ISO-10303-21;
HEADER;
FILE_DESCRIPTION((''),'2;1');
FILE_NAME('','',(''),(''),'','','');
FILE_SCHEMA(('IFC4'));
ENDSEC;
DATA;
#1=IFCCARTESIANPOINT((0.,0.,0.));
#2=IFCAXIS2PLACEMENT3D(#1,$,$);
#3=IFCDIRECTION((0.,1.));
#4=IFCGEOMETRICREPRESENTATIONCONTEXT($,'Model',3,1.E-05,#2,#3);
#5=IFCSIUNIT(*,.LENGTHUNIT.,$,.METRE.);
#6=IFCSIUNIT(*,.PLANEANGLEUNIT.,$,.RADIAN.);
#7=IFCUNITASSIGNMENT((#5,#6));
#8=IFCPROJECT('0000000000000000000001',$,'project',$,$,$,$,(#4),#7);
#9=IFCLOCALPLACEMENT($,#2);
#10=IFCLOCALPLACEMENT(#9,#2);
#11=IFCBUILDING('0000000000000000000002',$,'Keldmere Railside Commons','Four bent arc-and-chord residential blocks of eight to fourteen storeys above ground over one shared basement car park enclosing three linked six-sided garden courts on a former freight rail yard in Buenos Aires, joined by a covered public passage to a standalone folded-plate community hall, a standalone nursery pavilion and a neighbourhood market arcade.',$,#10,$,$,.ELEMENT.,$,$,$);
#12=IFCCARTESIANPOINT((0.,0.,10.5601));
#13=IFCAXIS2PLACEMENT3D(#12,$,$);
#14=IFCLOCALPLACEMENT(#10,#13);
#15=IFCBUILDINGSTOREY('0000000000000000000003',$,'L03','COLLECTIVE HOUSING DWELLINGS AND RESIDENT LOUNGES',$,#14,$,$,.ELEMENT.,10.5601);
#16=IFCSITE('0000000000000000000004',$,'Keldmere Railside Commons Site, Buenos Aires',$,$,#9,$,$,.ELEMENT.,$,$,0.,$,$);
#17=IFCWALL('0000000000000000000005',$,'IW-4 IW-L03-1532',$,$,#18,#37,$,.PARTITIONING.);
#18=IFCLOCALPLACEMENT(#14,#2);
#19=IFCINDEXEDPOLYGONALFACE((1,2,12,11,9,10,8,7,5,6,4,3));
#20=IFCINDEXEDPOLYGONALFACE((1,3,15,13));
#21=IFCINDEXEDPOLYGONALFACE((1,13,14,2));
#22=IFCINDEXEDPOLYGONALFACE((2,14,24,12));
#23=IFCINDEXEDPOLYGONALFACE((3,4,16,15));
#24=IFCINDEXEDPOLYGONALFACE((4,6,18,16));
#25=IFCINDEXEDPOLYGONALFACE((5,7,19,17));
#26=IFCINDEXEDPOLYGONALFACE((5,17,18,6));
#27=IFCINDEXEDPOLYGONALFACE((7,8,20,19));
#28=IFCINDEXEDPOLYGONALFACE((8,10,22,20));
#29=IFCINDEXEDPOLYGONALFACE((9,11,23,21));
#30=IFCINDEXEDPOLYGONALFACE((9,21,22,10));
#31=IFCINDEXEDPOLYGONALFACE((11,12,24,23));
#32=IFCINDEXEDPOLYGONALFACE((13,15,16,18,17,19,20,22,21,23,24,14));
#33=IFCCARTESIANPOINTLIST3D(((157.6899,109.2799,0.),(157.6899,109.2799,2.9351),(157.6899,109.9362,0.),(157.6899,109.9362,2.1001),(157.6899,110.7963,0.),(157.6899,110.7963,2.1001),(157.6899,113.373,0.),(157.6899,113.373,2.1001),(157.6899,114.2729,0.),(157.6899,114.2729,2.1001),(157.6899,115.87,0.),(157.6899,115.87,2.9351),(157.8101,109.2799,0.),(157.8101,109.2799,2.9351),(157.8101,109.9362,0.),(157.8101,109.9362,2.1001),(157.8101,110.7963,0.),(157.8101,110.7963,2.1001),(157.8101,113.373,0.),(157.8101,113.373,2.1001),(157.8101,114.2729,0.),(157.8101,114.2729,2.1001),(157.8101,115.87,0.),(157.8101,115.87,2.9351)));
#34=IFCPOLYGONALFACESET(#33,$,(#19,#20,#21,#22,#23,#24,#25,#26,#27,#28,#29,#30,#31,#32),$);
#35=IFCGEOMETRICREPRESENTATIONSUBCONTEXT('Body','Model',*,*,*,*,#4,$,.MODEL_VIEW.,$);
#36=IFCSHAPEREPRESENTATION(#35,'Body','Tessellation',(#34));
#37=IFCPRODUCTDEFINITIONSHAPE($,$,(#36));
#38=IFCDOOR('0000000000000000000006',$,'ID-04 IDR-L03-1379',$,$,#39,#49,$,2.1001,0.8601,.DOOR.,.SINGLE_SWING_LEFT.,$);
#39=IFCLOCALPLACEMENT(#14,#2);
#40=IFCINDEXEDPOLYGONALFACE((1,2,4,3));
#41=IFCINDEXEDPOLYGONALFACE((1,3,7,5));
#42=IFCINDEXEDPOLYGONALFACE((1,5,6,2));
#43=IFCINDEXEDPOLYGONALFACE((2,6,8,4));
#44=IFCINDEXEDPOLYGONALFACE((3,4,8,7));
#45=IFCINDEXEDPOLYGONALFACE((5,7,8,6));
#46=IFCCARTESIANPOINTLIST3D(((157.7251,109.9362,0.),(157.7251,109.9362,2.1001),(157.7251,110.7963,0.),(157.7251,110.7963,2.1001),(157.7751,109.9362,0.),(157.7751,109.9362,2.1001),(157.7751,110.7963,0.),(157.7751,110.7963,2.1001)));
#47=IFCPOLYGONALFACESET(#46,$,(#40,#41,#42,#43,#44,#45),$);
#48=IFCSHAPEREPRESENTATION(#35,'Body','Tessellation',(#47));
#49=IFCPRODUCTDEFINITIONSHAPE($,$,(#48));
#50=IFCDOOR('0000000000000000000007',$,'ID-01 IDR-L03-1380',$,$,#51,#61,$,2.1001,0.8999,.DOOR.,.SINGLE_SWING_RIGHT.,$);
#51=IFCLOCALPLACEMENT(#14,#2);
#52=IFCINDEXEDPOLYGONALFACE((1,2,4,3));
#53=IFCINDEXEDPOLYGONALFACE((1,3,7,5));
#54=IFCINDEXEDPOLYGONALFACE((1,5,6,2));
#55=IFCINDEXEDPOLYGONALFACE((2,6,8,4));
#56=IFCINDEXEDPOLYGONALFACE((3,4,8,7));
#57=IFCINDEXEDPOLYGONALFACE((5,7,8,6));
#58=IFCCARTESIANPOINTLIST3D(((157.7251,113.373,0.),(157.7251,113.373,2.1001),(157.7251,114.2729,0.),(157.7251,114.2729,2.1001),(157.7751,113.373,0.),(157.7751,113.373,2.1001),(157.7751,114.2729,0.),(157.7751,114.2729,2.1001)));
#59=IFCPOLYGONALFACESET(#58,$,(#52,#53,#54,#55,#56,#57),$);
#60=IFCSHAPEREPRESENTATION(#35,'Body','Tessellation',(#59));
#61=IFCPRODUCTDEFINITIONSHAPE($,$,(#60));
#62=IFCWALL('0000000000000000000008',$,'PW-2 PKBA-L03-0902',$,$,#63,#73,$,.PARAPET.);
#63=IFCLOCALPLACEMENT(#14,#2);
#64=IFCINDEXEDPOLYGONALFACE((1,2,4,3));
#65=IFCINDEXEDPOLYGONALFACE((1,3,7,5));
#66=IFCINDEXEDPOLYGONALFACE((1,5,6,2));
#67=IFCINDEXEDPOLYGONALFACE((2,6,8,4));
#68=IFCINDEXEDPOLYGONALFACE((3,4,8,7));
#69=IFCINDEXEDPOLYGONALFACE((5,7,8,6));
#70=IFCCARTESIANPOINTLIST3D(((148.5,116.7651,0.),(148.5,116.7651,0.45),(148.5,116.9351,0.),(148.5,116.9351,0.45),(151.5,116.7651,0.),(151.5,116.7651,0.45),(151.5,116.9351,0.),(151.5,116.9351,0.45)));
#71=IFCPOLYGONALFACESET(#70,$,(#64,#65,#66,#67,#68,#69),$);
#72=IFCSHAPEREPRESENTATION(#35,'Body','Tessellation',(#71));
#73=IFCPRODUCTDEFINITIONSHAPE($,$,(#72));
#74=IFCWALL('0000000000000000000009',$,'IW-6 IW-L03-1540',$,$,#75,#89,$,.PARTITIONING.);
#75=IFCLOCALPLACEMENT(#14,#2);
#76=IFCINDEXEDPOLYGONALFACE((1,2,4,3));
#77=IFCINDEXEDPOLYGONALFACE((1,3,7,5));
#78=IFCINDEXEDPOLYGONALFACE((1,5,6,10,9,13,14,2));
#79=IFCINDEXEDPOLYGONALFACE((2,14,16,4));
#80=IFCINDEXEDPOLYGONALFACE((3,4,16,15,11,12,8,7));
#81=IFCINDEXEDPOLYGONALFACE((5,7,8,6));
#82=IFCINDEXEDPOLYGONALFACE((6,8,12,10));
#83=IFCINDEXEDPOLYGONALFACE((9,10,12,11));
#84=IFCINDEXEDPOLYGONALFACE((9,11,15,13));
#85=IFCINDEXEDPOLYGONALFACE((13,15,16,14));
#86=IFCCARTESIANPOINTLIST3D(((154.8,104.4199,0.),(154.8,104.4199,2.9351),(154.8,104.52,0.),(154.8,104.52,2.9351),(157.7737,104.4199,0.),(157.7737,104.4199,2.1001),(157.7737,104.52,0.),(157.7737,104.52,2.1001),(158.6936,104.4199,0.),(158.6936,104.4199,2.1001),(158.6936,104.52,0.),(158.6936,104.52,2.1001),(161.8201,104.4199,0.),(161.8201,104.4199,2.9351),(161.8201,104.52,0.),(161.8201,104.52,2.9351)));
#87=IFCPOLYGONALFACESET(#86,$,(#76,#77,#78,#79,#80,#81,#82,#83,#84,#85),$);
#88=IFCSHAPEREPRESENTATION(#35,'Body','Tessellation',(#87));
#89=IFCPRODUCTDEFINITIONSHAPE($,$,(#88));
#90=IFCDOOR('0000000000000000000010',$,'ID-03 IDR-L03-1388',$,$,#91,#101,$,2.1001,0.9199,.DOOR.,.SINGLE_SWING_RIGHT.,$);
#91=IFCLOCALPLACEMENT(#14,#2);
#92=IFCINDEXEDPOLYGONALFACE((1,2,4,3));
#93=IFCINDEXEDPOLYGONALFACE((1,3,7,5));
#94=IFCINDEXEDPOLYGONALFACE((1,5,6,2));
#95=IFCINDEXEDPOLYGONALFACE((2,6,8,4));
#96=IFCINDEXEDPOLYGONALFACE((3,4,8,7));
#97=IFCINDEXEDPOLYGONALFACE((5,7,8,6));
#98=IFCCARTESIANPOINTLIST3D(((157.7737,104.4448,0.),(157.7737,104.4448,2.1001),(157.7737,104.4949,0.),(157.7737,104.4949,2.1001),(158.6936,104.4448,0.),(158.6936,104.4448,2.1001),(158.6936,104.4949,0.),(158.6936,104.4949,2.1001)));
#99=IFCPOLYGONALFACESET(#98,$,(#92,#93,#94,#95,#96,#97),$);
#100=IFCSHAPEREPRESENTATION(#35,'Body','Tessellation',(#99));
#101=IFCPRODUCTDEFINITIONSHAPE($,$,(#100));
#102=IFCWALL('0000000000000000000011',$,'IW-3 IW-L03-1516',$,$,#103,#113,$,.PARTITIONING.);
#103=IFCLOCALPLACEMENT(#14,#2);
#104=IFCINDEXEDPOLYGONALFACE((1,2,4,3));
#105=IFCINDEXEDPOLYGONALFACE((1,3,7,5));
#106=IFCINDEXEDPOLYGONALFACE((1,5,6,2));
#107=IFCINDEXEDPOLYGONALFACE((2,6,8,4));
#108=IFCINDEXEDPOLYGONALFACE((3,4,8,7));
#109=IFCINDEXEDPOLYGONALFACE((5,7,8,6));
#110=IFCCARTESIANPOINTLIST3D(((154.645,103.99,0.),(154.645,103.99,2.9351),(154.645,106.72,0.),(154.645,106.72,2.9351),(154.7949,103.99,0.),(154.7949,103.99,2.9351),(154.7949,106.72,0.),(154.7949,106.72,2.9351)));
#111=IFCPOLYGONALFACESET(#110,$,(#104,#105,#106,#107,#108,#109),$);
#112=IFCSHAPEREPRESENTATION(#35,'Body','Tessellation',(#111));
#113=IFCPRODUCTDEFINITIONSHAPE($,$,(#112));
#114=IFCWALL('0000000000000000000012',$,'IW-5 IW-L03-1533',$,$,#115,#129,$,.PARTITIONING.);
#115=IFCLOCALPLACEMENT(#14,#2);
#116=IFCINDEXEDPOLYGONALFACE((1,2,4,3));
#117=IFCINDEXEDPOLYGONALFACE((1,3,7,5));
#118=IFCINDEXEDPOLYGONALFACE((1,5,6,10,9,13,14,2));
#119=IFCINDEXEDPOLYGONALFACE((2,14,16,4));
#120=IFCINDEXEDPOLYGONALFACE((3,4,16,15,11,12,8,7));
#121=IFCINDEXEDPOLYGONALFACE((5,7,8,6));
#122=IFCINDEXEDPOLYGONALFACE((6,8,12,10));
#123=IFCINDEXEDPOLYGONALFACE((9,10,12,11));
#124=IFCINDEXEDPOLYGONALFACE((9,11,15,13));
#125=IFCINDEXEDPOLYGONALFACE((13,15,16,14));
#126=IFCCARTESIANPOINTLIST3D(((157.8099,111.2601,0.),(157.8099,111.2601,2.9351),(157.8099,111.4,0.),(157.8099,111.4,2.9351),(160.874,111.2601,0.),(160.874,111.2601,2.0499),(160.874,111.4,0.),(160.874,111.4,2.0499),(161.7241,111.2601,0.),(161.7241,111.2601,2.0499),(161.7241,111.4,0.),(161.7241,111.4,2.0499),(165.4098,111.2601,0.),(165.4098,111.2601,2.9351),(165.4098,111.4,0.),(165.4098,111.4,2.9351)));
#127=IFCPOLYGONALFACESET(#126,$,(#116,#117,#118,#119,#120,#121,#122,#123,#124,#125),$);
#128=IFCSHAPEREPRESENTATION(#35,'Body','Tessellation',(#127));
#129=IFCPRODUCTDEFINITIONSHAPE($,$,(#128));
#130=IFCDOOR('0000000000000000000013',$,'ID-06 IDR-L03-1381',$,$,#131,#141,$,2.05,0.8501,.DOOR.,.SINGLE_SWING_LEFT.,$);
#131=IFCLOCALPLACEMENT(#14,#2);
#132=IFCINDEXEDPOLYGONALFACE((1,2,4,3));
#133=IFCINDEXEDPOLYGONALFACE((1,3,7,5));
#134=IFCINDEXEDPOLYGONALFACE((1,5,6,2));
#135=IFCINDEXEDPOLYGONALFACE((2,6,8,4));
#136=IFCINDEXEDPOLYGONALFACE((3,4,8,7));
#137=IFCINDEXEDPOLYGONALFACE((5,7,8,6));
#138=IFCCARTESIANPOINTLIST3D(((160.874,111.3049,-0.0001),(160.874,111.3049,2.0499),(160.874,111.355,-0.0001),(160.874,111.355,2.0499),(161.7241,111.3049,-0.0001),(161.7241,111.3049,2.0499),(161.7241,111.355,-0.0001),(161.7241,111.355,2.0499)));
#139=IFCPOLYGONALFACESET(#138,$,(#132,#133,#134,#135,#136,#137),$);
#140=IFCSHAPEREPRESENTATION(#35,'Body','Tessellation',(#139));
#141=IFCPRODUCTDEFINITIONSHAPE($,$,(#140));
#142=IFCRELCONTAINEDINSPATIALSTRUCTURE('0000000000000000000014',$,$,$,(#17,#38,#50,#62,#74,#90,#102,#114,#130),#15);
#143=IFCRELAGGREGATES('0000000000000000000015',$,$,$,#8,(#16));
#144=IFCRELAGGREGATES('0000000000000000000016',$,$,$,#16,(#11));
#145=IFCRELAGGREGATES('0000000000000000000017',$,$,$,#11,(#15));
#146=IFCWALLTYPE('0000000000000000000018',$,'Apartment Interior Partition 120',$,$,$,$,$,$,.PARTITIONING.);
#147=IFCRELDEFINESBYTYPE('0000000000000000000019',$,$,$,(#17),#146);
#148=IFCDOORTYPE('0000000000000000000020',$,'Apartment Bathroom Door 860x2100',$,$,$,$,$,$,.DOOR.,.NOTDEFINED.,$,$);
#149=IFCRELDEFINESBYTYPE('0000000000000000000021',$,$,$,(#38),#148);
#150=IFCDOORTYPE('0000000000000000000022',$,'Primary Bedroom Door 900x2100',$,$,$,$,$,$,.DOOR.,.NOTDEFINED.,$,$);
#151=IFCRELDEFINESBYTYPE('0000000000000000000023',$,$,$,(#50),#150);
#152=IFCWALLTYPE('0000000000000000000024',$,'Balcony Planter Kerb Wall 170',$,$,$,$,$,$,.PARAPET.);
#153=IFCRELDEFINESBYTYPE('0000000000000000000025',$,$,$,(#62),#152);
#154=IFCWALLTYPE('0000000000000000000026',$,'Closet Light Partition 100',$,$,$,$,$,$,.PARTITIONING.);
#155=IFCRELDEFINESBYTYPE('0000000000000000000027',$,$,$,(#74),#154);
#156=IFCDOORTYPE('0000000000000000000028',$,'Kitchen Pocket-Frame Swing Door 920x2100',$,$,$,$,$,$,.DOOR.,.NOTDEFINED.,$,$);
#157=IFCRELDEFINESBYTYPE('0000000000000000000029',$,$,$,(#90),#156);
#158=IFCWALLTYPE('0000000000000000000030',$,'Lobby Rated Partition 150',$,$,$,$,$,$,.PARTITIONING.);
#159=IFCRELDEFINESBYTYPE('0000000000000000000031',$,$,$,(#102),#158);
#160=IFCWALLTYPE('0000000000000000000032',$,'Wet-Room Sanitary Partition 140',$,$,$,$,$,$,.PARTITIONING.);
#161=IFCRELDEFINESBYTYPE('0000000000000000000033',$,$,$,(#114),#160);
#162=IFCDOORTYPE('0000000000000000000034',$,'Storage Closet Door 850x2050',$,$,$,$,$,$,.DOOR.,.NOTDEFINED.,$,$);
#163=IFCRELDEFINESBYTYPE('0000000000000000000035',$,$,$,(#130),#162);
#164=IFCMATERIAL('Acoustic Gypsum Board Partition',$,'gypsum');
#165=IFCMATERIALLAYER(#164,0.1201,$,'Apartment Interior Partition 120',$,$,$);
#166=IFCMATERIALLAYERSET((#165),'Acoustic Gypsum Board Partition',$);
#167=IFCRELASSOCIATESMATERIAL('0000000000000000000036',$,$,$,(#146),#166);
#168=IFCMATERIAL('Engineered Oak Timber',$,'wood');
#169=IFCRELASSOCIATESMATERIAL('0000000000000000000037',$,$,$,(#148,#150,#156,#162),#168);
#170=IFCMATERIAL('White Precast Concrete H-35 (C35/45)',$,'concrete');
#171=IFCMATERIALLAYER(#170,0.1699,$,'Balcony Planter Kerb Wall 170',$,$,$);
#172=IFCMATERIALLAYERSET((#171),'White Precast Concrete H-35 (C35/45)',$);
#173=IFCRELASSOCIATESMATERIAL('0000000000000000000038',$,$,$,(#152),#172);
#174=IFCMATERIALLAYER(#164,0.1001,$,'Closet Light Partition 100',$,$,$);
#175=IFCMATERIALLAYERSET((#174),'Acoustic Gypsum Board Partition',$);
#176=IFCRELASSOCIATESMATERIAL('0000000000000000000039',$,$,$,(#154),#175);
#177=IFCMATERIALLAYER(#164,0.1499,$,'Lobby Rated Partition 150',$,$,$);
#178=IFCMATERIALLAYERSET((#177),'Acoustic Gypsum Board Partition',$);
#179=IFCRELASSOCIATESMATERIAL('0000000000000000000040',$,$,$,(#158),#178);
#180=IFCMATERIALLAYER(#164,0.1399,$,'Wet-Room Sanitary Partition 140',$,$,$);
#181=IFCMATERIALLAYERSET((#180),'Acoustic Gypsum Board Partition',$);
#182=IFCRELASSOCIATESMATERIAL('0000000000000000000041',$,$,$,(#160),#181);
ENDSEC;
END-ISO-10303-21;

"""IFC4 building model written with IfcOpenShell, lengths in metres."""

from ifc_helpers import new_model, si_unit, direction, frame, frame_2d, origin, place, context, subcontext, project, spatial, rectangle, extrude, material, layer, layer_set, type_object, element, fill, save


model = new_model("IFC4")

# Units and contexts
model_context = context("Model", 3, precision=1e-05, world=origin(), true_north=direction((0.0, 1.0)))
body_context = subcontext(model_context, "Body", "Model", "MODEL_VIEW")
ifc_project = project(units=[si_unit("LENGTHUNIT", "METRE"), si_unit("PLANEANGLEUNIT", "RADIAN")], contexts=[model_context])

# Site, building, storey
site_placement = place(None, origin())
site = spatial("IfcSite", under=ifc_project, at=site_placement, Name="Keldmere Railside Commons Site, Buenos Aires", CompositionType="ELEMENT", RefElevation=0.0)
building_placement = place(site_placement, origin())
building = spatial("IfcBuilding", under=site, at=building_placement, Name="Keldmere Railside Commons", Description="Four bent arc-and-chord residential blocks of eight to fourteen storeys above ground over one shared basement car park enclosing three linked six-sided garden courts on a former freight rail yard in Buenos Aires, joined by a covered public passage to a standalone folded-plate community hall, a standalone nursery pavilion and a neighbourhood market arcade.", CompositionType="ELEMENT")
storey_placement = place(building_placement, frame((0.0, 0.0, 10.5601)))
storey = spatial("IfcBuildingStorey", under=building, at=storey_placement, Name="L03", Description="COLLECTIVE HOUSING DWELLINGS AND RESIDENT LOUNGES", CompositionType="ELEMENT", Elevation=10.5601)

# Wall, openings, doors
ifc_material_1 = material(Name="Acoustic Gypsum Board Partition", Category="gypsum")
ifc_layer_1 = layer(ifc_material_1, 0.1201, Name="Apartment Interior Partition 120")
ifc_layer_set_1 = layer_set([ifc_layer_1], Name="Acoustic Gypsum Board Partition")
wall_type_1 = type_object("IfcWallType", Name="Apartment Interior Partition 120", PredefinedType="PARTITIONING", material=ifc_layer_set_1)
wall_1_placement = place(storey_placement, frame((157.75, 109.28, 0.0), z_axis=(0.0, 0.0, 1.0), x_axis=(0.0, 1.0, 0.0)))
wall_1 = element("IfcWall", 1, at=wall_1_placement, inside=storey, type_object=wall_type_1, Name="IW-4 IW-L03-1532", PredefinedType="PARTITIONING", context=body_context, shape_type="SweptSolid", body=[
    extrude(rectangle(XDim=6.5901, YDim=0.1201, at=frame_2d((3.2949, 0.0))), origin(), (0.0, 0.0, 1.0), 2.9351),
])
opening_1_placement = place(wall_1_placement, frame((0.656, 0.0, 0.0)))
opening_1 = element("IfcOpeningElement", 2, at=opening_1_placement, cuts=wall_1, PredefinedType="OPENING", context=body_context, shape_type="SweptSolid", body=[
    extrude(rectangle(XDim=0.8601, YDim=2.1001, at=frame_2d((0.4302, 1.05))), frame((0.0, 0.0701, 0.0), z_axis=(0.0, -1.0, 0.0), x_axis=(1.0, 0.0, 0.0)), (0.0, 0.0, 1.0), 0.1401),
])
opening_2_placement = place(wall_1_placement, frame((4.093, 0.0, 0.0)))
opening_2 = element("IfcOpeningElement", 3, at=opening_2_placement, cuts=wall_1, PredefinedType="OPENING", context=body_context, shape_type="SweptSolid", body=[
    extrude(rectangle(XDim=0.8999, YDim=2.1001, at=frame_2d((0.45, 1.05))), frame((0.0, 0.0701, 0.0), z_axis=(0.0, -1.0, 0.0), x_axis=(1.0, 0.0, 0.0)), (0.0, 0.0, 1.0), 0.1401),
])
ifc_material_2 = material(Name="Engineered Oak Timber", Category="wood")
door_type_1 = type_object("IfcDoorType", Name="Apartment Bathroom Door 860x2100", OperationType="NOTDEFINED", PredefinedType="DOOR", material=ifc_material_2)
door_1_placement = place(opening_1_placement, origin())
door_1 = element("IfcDoor", 4, at=door_1_placement, inside=storey, type_object=door_type_1, Name="ID-04 IDR-L03-1379", OperationType="SINGLE_SWING_LEFT", OverallHeight=2.1001, OverallWidth=0.8601, PredefinedType="DOOR", context=body_context, shape_type="SweptSolid", body=[
    extrude(rectangle(XDim=0.8601, YDim=2.1001, at=frame_2d((0.4302, 1.05))), frame((0.0, 0.0249, 0.0), z_axis=(0.0, -1.0, 0.0), x_axis=(1.0, 0.0, 0.0)), (0.0, 0.0, 1.0), 0.05),
])
fill(opening_1, door_1)
door_type_2 = type_object("IfcDoorType", Name="Primary Bedroom Door 900x2100", OperationType="NOTDEFINED", PredefinedType="DOOR", material=ifc_material_2)
door_2_placement = place(opening_2_placement, origin())
door_2 = element("IfcDoor", 5, at=door_2_placement, inside=storey, type_object=door_type_2, Name="ID-01 IDR-L03-1380", OperationType="SINGLE_SWING_RIGHT", OverallHeight=2.1001, OverallWidth=0.8999, PredefinedType="DOOR", context=body_context, shape_type="SweptSolid", body=[
    extrude(rectangle(XDim=0.8999, YDim=2.1001, at=frame_2d((0.45, 1.05))), frame((0.0, 0.0249, 0.0), z_axis=(0.0, -1.0, 0.0), x_axis=(1.0, 0.0, 0.0)), (0.0, 0.0, 1.0), 0.05),
])
fill(opening_2, door_2)

# Wall
ifc_material_3 = material(Name="White Precast Concrete H-35 (C35/45)", Category="concrete")
ifc_layer_2 = layer(ifc_material_3, 0.1699, Name="Balcony Planter Kerb Wall 170")
ifc_layer_set_2 = layer_set([ifc_layer_2], Name="White Precast Concrete H-35 (C35/45)")
wall_type_2 = type_object("IfcWallType", Name="Balcony Planter Kerb Wall 170", PredefinedType="PARAPET", material=ifc_layer_set_2)
wall_2_placement = place(storey_placement, frame((148.5, 116.8501, 0.0), z_axis=(0.0, 0.0, 1.0), x_axis=(1.0, 0.0, 0.0)))
element("IfcWall", 6, at=wall_2_placement, inside=storey, type_object=wall_type_2, Name="PW-2 PKBA-L03-0902", PredefinedType="PARAPET", context=body_context, shape_type="SweptSolid", body=[
    extrude(rectangle(XDim=3.0, YDim=0.1699, at=frame_2d((1.5, 0.0))), origin(), (0.0, 0.0, 1.0), 0.45),
])

# Wall, opening, door
ifc_layer_3 = layer(ifc_material_1, 0.1001, Name="Closet Light Partition 100")
ifc_layer_set_3 = layer_set([ifc_layer_3], Name="Acoustic Gypsum Board Partition")
wall_type_3 = type_object("IfcWallType", Name="Closet Light Partition 100", PredefinedType="PARTITIONING", material=ifc_layer_set_3)
wall_3_placement = place(storey_placement, frame((154.8, 104.47, 0.0), z_axis=(0.0, 0.0, 1.0), x_axis=(1.0, 0.0, 0.0)))
wall_3 = element("IfcWall", 7, at=wall_3_placement, inside=storey, type_object=wall_type_3, Name="IW-6 IW-L03-1540", PredefinedType="PARTITIONING", context=body_context, shape_type="SweptSolid", body=[
    extrude(rectangle(XDim=7.02, YDim=0.1001, at=frame_2d((3.51, 0.0))), origin(), (0.0, 0.0, 1.0), 2.9351),
])
opening_3_placement = place(wall_3_placement, frame((2.9736, 0.0, 0.0)))
opening_3 = element("IfcOpeningElement", 8, at=opening_3_placement, cuts=wall_3, PredefinedType="OPENING", context=body_context, shape_type="SweptSolid", body=[
    extrude(rectangle(XDim=0.9199, YDim=2.1001, at=frame_2d((0.46, 1.05))), frame((0.0, 0.0601, 0.0), z_axis=(0.0, -1.0, 0.0), x_axis=(1.0, 0.0, 0.0)), (0.0, 0.0, 1.0), 0.1201),
])
door_type_3 = type_object("IfcDoorType", Name="Kitchen Pocket-Frame Swing Door 920x2100", OperationType="NOTDEFINED", PredefinedType="DOOR", material=ifc_material_2)
door_3_placement = place(opening_3_placement, origin())
door_3 = element("IfcDoor", 9, at=door_3_placement, inside=storey, type_object=door_type_3, Name="ID-03 IDR-L03-1388", OperationType="SINGLE_SWING_RIGHT", OverallHeight=2.1001, OverallWidth=0.9199, PredefinedType="DOOR", context=body_context, shape_type="SweptSolid", body=[
    extrude(rectangle(XDim=0.9199, YDim=2.1001, at=frame_2d((0.46, 1.05))), frame((0.0, 0.0249, 0.0), z_axis=(0.0, -1.0, 0.0), x_axis=(1.0, 0.0, 0.0)), (0.0, 0.0, 1.0), 0.05),
])
fill(opening_3, door_3)

# Wall
ifc_layer_4 = layer(ifc_material_1, 0.1499, Name="Lobby Rated Partition 150")
ifc_layer_set_4 = layer_set([ifc_layer_4], Name="Acoustic Gypsum Board Partition")
wall_type_4 = type_object("IfcWallType", Name="Lobby Rated Partition 150", PredefinedType="PARTITIONING", material=ifc_layer_set_4)
wall_4_placement = place(storey_placement, frame((154.72, 103.99, 0.0), z_axis=(0.0, 0.0, 1.0), x_axis=(0.0, 1.0, 0.0)))
element("IfcWall", 10, at=wall_4_placement, inside=storey, type_object=wall_type_4, Name="IW-3 IW-L03-1516", PredefinedType="PARTITIONING", context=body_context, shape_type="SweptSolid", body=[
    extrude(rectangle(XDim=2.73, YDim=0.1499, at=frame_2d((1.365, 0.0))), origin(), (0.0, 0.0, 1.0), 2.9351),
])

# Wall, opening, door
ifc_layer_5 = layer(ifc_material_1, 0.1399, Name="Wet-Room Sanitary Partition 140")
ifc_layer_set_5 = layer_set([ifc_layer_5], Name="Acoustic Gypsum Board Partition")
wall_type_5 = type_object("IfcWallType", Name="Wet-Room Sanitary Partition 140", PredefinedType="PARTITIONING", material=ifc_layer_set_5)
wall_5_placement = place(storey_placement, frame((157.8101, 111.3301, 0.0), z_axis=(0.0, 0.0, 1.0), x_axis=(1.0, 0.0, 0.0)))
wall_5 = element("IfcWall", 11, at=wall_5_placement, inside=storey, type_object=wall_type_5, Name="IW-5 IW-L03-1533", PredefinedType="PARTITIONING", context=body_context, shape_type="SweptSolid", body=[
    extrude(rectangle(XDim=7.5999, YDim=0.1399, at=frame_2d((3.7998, 0.0))), origin(), (0.0, 0.0, 1.0), 2.9351),
])
opening_4_placement = place(wall_5_placement, frame((3.064, 0.0, 0.0)))
opening_4 = element("IfcOpeningElement", 12, at=opening_4_placement, cuts=wall_5, PredefinedType="OPENING", context=body_context, shape_type="SweptSolid", body=[
    extrude(rectangle(XDim=0.8501, YDim=2.05, at=frame_2d((0.425, 1.0249))), frame((0.0, 0.0798, 0.0), z_axis=(0.0, -1.0, 0.0), x_axis=(1.0, 0.0, 0.0)), (0.0, 0.0, 1.0), 0.1599),
])
door_type_4 = type_object("IfcDoorType", Name="Storage Closet Door 850x2050", OperationType="NOTDEFINED", PredefinedType="DOOR", material=ifc_material_2)
door_4_placement = place(opening_4_placement, origin())
door_4 = element("IfcDoor", 13, at=door_4_placement, inside=storey, type_object=door_type_4, Name="ID-06 IDR-L03-1381", OperationType="SINGLE_SWING_LEFT", OverallHeight=2.05, OverallWidth=0.8501, PredefinedType="DOOR", context=body_context, shape_type="SweptSolid", body=[
    extrude(rectangle(XDim=0.8501, YDim=2.05, at=frame_2d((0.425, 1.0249))), frame((0.0, 0.0249, 0.0), z_axis=(0.0, -1.0, 0.0), x_axis=(1.0, 0.0, 0.0)), (0.0, 0.0, 1.0), 0.05),
])
fill(opening_4, door_4)

save(model, "model.ifc")
